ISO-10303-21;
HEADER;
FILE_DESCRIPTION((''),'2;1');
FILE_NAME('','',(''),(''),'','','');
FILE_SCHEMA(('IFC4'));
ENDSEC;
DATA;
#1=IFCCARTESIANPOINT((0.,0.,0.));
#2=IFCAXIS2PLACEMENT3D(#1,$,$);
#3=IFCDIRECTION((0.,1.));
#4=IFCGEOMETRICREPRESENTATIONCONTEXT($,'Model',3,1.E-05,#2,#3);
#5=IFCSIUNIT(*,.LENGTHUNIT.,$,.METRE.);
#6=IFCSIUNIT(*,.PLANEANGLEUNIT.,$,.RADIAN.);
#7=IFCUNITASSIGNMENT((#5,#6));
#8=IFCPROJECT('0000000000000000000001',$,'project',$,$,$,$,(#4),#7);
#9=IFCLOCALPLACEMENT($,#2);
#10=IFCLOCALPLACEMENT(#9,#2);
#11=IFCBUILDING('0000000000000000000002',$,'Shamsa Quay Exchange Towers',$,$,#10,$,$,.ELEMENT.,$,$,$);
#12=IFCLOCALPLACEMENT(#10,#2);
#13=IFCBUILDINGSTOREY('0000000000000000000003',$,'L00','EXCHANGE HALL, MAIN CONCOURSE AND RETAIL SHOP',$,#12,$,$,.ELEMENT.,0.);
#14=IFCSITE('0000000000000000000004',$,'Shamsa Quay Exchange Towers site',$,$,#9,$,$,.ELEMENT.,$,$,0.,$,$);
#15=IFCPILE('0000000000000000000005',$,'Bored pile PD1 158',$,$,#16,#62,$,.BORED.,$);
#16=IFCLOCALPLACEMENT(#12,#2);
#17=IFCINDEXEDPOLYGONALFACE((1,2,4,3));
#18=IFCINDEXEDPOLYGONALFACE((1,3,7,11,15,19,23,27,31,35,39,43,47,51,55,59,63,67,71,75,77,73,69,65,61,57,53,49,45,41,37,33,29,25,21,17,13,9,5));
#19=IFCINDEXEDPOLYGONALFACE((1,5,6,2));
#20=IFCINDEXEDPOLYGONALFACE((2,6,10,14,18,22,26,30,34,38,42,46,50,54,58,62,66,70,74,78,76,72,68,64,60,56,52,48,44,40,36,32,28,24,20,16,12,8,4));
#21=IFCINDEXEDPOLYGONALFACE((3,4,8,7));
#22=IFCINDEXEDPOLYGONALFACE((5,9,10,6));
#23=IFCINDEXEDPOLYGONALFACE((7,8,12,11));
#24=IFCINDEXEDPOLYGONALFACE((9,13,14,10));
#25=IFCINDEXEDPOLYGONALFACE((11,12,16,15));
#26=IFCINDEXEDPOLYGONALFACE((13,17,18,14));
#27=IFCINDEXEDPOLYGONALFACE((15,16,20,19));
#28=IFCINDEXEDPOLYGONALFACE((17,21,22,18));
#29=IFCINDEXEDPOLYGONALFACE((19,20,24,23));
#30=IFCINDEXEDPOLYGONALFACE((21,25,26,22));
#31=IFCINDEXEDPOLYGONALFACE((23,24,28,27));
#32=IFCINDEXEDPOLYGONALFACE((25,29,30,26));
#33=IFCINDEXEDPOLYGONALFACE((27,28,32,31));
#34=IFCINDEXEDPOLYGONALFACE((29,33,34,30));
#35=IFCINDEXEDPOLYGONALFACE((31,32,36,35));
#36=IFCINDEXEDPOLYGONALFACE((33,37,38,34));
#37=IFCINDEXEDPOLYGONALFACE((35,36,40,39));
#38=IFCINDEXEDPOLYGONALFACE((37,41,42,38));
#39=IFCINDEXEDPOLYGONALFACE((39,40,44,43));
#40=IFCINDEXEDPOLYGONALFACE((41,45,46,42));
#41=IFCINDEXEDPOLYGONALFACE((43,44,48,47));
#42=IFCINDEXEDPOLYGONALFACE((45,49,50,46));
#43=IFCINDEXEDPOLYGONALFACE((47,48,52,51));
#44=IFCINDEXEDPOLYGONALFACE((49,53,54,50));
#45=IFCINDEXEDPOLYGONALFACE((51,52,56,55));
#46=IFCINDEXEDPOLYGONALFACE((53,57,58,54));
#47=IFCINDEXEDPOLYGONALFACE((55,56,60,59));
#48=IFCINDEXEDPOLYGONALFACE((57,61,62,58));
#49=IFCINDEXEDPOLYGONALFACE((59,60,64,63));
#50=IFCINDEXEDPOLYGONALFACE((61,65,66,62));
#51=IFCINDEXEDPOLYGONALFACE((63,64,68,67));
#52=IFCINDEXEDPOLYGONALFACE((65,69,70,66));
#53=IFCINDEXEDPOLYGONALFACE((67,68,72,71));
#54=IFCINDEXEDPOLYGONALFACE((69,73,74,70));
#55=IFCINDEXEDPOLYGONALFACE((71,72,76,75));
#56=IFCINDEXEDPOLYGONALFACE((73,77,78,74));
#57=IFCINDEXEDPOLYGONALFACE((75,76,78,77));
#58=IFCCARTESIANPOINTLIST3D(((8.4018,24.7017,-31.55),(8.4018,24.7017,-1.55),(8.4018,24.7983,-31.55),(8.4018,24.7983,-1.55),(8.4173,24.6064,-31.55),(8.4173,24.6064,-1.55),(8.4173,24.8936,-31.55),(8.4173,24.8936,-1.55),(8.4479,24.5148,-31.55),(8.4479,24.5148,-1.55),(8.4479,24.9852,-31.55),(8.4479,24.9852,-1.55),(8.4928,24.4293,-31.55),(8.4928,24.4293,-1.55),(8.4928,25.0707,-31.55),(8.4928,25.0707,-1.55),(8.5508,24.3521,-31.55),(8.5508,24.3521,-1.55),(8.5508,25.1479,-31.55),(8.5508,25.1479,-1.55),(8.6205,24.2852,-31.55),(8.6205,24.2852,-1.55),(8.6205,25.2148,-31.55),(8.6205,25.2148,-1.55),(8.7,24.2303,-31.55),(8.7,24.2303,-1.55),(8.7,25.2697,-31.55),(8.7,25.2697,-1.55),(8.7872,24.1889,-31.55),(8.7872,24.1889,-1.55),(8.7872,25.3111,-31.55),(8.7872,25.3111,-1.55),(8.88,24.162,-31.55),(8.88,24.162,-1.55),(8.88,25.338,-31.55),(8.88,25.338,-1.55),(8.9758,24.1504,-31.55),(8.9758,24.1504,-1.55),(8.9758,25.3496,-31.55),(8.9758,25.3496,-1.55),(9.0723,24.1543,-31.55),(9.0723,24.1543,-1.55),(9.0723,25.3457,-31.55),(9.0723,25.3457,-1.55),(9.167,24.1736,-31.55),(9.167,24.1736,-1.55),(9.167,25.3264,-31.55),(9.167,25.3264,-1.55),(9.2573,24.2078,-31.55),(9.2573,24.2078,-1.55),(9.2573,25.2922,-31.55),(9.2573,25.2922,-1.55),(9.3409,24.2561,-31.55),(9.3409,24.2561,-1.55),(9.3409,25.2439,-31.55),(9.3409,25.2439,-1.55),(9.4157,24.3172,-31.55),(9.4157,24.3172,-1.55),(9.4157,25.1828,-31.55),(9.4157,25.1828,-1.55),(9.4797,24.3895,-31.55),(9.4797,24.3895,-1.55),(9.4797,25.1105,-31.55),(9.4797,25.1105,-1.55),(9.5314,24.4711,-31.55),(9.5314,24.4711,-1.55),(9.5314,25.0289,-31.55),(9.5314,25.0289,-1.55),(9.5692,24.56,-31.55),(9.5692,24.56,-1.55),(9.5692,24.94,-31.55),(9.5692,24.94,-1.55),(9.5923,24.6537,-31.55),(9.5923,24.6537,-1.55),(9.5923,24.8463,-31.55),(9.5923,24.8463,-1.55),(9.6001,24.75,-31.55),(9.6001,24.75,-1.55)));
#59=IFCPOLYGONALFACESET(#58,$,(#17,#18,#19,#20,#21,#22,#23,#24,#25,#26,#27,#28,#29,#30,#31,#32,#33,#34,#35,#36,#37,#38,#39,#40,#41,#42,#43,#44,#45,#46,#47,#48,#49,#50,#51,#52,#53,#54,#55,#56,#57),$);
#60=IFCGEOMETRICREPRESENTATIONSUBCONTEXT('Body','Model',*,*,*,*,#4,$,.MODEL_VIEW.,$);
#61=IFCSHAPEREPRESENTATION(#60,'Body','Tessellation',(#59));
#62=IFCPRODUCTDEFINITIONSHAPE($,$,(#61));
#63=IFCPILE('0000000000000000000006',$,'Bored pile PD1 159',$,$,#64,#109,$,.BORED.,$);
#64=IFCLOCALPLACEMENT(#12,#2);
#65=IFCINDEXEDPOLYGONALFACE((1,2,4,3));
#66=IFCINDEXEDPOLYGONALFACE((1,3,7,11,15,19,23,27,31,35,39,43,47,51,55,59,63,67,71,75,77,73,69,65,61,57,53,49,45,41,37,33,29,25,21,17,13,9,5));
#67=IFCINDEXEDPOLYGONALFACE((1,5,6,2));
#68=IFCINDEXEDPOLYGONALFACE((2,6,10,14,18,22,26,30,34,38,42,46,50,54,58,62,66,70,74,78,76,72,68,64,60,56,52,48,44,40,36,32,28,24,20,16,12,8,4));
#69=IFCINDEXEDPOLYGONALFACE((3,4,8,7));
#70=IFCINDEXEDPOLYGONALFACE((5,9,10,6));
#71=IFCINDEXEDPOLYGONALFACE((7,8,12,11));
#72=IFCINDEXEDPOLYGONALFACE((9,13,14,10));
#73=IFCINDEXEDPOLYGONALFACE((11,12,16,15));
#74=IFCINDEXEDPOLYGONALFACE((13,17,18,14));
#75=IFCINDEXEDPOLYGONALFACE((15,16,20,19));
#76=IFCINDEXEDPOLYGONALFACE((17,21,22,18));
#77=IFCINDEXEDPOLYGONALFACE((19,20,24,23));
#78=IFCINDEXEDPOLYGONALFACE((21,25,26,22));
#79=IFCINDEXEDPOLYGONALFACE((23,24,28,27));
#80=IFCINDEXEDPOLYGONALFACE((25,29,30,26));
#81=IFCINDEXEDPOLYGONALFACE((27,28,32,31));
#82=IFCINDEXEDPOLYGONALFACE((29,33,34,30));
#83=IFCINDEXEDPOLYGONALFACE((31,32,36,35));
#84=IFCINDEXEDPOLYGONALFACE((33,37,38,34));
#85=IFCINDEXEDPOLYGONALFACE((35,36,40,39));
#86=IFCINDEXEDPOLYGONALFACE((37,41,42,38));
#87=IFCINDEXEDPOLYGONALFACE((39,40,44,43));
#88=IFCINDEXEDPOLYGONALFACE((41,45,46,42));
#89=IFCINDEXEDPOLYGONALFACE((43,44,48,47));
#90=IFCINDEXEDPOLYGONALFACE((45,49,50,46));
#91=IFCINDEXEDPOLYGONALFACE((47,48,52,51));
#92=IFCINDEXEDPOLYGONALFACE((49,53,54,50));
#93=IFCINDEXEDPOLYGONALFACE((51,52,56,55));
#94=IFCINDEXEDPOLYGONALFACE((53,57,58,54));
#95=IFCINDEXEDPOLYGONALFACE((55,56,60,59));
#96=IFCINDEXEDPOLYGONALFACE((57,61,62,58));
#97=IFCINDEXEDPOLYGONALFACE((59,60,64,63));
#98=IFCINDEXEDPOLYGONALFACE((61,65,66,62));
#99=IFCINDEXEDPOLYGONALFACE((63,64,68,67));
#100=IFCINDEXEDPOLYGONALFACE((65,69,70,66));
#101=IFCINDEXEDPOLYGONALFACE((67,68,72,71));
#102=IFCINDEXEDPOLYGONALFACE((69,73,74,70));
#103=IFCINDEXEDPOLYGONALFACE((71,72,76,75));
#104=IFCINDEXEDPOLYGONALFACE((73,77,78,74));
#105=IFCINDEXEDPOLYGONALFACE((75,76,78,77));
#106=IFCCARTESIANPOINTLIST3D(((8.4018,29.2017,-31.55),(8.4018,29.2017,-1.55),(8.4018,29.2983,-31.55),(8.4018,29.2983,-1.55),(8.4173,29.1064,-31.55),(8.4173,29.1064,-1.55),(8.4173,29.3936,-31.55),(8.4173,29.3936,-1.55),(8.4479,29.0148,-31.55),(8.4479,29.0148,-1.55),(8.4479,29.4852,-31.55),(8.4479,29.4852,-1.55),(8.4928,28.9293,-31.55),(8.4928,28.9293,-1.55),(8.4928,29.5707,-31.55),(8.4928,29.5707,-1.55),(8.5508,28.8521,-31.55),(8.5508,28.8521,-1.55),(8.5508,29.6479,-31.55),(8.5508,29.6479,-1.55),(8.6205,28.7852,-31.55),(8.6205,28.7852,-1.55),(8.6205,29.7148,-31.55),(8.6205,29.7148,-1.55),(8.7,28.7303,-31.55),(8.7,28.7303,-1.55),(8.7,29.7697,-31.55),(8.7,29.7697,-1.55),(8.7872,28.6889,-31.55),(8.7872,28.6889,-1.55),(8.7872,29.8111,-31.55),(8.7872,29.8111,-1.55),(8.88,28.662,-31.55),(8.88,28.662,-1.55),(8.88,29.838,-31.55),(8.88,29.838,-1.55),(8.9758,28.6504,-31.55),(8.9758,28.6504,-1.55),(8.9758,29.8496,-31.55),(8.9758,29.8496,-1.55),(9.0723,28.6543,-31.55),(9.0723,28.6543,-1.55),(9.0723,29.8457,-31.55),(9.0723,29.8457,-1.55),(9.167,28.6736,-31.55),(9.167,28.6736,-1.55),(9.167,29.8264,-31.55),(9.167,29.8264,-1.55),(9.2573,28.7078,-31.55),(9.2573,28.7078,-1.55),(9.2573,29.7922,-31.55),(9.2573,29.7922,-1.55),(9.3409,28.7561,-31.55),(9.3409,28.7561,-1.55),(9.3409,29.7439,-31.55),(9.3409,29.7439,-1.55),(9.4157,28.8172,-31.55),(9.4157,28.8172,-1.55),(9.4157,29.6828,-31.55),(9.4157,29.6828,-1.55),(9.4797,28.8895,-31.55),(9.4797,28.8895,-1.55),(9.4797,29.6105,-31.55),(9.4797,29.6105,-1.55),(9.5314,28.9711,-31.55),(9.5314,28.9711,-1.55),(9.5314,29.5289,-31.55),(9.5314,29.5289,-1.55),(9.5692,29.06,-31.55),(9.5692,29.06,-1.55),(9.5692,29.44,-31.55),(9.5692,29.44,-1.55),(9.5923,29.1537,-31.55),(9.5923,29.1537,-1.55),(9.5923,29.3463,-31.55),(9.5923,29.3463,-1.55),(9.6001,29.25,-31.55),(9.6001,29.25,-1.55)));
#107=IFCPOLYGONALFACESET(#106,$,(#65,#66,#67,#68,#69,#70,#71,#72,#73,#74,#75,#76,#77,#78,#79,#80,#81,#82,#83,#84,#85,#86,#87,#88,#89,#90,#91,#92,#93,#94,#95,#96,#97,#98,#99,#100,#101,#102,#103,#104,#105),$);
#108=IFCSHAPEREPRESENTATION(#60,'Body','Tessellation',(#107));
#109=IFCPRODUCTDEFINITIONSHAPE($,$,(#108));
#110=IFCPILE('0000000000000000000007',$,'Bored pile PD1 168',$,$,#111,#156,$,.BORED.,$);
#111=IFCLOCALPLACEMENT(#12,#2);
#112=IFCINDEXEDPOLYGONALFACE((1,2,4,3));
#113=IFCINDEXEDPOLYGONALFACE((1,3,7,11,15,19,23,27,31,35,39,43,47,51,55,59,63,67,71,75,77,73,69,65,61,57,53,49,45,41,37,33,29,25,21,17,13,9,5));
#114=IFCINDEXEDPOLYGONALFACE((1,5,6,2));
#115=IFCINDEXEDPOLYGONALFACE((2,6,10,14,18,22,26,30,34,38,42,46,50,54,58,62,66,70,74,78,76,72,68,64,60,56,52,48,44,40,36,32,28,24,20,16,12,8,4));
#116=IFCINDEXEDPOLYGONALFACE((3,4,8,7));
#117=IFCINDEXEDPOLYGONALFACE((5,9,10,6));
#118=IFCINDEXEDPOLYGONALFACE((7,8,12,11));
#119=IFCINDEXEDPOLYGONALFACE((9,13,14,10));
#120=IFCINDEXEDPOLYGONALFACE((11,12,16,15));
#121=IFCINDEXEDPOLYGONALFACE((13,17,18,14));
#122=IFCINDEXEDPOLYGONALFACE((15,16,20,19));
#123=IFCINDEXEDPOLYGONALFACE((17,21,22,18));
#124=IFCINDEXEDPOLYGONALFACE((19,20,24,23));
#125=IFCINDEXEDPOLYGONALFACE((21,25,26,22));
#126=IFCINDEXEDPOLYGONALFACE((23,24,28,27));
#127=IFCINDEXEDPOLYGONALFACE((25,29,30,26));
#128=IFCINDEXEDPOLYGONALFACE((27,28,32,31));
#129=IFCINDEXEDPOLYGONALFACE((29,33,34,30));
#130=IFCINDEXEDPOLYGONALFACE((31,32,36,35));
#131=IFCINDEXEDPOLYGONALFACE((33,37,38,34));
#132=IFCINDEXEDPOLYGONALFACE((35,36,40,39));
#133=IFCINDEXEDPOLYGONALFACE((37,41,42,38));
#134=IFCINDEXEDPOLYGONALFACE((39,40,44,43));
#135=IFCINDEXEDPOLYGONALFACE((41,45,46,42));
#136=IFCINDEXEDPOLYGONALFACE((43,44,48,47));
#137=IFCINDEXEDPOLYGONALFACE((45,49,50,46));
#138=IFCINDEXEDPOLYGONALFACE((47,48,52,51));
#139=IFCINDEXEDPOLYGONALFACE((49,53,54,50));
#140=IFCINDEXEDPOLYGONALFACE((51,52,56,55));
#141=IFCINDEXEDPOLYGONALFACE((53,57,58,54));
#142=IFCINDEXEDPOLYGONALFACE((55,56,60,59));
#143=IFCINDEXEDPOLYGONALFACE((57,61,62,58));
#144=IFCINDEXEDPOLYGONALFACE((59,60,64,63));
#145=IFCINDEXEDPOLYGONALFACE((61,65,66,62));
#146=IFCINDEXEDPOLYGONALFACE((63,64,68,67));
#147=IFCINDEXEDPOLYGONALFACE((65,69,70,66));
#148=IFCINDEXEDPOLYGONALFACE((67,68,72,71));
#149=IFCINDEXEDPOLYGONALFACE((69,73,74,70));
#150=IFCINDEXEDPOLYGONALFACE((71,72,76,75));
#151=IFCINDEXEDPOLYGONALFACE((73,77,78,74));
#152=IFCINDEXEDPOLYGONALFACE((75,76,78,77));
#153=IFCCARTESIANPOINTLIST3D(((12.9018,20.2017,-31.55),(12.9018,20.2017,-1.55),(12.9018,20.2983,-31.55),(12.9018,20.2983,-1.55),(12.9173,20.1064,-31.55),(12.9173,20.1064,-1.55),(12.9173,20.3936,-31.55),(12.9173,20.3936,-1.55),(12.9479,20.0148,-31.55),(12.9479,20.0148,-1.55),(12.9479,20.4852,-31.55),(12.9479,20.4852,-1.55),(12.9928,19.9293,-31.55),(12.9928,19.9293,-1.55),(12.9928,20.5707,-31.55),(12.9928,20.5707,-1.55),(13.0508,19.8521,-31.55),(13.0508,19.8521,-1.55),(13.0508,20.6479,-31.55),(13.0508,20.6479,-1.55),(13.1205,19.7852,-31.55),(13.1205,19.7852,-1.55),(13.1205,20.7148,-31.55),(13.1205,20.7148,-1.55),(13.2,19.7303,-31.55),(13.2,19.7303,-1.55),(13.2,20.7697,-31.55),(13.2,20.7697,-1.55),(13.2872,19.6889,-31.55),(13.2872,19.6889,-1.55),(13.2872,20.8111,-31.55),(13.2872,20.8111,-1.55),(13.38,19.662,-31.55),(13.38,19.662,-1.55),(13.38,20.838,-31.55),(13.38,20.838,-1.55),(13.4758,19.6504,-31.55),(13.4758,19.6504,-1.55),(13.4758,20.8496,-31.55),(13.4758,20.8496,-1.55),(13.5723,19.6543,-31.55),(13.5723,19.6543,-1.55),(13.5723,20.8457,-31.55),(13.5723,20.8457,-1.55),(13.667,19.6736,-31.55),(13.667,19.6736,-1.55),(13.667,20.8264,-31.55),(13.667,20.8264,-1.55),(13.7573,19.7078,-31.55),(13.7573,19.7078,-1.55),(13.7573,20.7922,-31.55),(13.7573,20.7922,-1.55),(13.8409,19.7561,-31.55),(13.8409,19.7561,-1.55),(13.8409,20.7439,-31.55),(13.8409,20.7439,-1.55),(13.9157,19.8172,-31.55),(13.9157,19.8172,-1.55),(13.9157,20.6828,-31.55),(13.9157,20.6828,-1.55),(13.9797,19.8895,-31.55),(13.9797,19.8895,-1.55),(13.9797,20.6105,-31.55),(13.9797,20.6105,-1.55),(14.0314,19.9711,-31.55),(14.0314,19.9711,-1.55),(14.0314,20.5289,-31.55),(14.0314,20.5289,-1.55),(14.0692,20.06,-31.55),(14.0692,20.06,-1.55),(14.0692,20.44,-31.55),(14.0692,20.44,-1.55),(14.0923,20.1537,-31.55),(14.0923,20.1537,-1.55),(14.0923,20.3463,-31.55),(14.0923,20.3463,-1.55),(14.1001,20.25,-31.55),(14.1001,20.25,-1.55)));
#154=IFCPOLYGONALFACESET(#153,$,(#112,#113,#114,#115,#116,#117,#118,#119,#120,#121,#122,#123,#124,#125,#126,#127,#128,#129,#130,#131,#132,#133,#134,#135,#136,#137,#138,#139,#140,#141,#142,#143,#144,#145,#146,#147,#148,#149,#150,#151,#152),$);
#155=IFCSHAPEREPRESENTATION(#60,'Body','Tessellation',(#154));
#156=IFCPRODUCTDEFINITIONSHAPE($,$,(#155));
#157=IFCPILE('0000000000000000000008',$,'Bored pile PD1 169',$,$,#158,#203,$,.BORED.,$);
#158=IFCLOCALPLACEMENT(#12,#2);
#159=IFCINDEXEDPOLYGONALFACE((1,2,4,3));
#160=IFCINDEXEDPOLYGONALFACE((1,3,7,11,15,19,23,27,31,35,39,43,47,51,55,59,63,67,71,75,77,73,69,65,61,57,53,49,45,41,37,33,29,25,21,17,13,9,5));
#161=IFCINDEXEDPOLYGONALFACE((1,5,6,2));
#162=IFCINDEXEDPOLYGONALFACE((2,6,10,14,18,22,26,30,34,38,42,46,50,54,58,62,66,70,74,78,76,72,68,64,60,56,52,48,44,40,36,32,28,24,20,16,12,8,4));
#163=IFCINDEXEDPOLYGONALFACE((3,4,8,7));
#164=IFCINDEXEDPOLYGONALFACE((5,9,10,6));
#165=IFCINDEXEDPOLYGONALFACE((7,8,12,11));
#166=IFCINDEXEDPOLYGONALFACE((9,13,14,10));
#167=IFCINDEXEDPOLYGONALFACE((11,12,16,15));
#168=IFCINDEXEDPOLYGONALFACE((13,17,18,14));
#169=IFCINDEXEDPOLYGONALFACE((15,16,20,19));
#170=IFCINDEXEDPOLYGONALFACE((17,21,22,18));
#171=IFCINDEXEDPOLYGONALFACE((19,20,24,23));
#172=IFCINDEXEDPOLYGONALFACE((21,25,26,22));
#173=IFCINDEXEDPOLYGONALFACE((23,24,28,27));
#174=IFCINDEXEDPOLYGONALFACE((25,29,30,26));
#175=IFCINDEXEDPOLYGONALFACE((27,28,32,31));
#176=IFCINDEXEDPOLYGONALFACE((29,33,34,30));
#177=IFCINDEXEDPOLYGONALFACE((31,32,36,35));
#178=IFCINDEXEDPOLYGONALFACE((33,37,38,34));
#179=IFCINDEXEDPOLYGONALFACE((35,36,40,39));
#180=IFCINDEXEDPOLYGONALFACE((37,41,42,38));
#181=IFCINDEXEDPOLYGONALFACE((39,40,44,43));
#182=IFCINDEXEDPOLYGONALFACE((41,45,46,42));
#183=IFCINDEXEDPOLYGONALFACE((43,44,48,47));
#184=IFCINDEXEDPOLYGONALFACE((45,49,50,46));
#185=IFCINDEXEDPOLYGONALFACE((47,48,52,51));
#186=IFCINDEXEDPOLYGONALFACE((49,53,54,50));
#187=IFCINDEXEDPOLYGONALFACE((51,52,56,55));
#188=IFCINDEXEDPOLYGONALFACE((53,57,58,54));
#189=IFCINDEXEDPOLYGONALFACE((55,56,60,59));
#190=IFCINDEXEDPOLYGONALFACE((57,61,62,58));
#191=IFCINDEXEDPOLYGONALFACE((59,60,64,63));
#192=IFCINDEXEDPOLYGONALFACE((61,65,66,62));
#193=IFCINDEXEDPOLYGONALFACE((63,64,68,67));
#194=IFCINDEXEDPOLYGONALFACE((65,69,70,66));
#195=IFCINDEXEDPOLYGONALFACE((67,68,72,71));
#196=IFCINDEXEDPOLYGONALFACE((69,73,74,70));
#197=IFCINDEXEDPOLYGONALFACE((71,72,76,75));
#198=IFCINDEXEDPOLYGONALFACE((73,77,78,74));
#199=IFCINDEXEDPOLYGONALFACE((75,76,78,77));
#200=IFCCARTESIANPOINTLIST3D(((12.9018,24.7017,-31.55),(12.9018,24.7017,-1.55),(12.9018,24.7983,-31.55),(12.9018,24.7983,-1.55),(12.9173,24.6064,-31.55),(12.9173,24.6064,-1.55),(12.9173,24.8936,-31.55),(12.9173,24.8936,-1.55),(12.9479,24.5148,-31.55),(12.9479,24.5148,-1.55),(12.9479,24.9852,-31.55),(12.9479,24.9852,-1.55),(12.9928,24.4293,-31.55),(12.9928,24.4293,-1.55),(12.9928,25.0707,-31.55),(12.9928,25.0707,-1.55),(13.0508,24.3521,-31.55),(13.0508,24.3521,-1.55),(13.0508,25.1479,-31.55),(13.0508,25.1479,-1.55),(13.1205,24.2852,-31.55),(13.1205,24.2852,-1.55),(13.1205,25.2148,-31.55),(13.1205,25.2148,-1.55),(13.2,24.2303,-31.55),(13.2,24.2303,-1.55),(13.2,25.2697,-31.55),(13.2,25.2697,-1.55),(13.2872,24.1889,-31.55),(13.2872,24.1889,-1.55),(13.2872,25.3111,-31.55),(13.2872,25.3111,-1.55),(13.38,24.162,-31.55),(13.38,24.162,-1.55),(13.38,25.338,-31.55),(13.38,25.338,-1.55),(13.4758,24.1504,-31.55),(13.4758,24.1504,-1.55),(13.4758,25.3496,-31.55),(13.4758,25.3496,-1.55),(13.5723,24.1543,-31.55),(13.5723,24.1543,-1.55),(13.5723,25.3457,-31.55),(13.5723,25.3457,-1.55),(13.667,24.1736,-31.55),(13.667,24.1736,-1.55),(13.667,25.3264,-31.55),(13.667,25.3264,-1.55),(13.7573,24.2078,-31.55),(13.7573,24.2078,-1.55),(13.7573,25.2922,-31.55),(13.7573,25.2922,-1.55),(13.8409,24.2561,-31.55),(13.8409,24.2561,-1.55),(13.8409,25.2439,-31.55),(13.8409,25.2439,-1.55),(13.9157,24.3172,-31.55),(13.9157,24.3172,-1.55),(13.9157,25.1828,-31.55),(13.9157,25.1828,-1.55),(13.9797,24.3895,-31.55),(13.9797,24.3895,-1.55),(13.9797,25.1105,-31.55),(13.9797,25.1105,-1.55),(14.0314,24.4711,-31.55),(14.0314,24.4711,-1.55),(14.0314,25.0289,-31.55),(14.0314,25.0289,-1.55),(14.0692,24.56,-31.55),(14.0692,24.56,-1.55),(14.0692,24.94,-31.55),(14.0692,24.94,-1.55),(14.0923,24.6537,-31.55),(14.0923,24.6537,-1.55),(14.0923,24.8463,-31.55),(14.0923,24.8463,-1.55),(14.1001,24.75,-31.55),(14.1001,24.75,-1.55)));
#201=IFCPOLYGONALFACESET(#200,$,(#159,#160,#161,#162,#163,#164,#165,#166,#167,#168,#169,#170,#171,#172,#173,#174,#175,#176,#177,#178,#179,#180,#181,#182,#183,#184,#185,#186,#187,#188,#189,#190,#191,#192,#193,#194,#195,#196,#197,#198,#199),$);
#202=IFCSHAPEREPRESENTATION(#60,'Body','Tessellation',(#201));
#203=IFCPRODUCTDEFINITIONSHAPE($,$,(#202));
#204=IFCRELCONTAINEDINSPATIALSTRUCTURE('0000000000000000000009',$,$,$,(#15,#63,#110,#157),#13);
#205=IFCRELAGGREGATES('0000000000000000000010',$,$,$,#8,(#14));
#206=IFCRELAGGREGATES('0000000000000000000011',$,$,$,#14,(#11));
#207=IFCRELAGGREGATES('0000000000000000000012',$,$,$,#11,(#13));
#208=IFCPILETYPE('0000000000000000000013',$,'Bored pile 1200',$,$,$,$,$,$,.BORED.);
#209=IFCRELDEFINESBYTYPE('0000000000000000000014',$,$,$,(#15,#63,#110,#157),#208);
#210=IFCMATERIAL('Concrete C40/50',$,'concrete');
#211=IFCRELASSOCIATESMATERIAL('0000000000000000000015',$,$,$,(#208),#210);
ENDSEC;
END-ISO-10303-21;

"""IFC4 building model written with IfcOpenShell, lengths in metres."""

from ifc_helpers import new_model, si_unit, direction, frame, origin, origin_2d, place, context, subcontext, project, spatial, circle, extrude, material, material_profile, profile_set, type_object, element, save


model = new_model("IFC4")

# Units and contexts
model_context = context("Model", 3, precision=1e-05, world=origin(), true_north=direction((0.0, 1.0)))
body_context = subcontext(model_context, "Body", "Model", "MODEL_VIEW")
ifc_project = project(units=[si_unit("LENGTHUNIT", "METRE"), si_unit("PLANEANGLEUNIT", "RADIAN")], contexts=[model_context])

# Site, building, storey
site_placement = place(None, origin())
site = spatial("IfcSite", under=ifc_project, at=site_placement, Name="Shamsa Quay Exchange Towers site", CompositionType="ELEMENT", RefElevation=0.0)
building_placement = place(site_placement, origin())
building = spatial("IfcBuilding", under=site, at=building_placement, Name="Shamsa Quay Exchange Towers", CompositionType="ELEMENT")
storey_placement = place(building_placement, origin())
storey = spatial("IfcBuildingStorey", under=building, at=storey_placement, Name="L00", Description="EXCHANGE HALL, MAIN CONCOURSE AND RETAIL SHOP", CompositionType="ELEMENT", Elevation=0.0)

# Piles
ifc_material_1 = material(Name="Concrete C40/50", Category="concrete")
ifc_material_profile_1 = material_profile(ifc_material_1, circle(Radius=0.6001, at=origin_2d()), Name="BP1200")
ifc_profile_set_1 = profile_set([ifc_material_profile_1], Name="Concrete C40/50")
pile_type = type_object("IfcPileType", Name="Bored pile 1200", PredefinedType="BORED", material=ifc_profile_set_1)
for number, where, z_axis, x_axis, name in (
    (1, (9.0, 24.75, -1.55), (0.0, 0.0, -1.0), (1.0, 0.0, 0.0), "Bored pile PD1 158"),
    (2, (9.0, 29.25, -1.55), (0.0, 0.0, -1.0), (1.0, 0.0, 0.0), "Bored pile PD1 159"),
    (3, (13.5, 20.25, -1.55), (0.0, 0.0, -1.0), (1.0, 0.0, 0.0), "Bored pile PD1 168"),
    (4, (13.5, 24.75, -1.55), (0.0, 0.0, -1.0), (1.0, 0.0, 0.0), "Bored pile PD1 169"),
):
    element("IfcPile", number, at=place(storey_placement, frame(where, z_axis=z_axis, x_axis=x_axis)), inside=storey, type_object=pile_type, Name=name, PredefinedType="BORED", context=body_context, shape_type="SweptSolid", body=[
        extrude(circle(Radius=0.6001, at=origin_2d()), origin(), (0.0, 0.0, 1.0), 30.0),
    ])

save(model, "model.ifc")
